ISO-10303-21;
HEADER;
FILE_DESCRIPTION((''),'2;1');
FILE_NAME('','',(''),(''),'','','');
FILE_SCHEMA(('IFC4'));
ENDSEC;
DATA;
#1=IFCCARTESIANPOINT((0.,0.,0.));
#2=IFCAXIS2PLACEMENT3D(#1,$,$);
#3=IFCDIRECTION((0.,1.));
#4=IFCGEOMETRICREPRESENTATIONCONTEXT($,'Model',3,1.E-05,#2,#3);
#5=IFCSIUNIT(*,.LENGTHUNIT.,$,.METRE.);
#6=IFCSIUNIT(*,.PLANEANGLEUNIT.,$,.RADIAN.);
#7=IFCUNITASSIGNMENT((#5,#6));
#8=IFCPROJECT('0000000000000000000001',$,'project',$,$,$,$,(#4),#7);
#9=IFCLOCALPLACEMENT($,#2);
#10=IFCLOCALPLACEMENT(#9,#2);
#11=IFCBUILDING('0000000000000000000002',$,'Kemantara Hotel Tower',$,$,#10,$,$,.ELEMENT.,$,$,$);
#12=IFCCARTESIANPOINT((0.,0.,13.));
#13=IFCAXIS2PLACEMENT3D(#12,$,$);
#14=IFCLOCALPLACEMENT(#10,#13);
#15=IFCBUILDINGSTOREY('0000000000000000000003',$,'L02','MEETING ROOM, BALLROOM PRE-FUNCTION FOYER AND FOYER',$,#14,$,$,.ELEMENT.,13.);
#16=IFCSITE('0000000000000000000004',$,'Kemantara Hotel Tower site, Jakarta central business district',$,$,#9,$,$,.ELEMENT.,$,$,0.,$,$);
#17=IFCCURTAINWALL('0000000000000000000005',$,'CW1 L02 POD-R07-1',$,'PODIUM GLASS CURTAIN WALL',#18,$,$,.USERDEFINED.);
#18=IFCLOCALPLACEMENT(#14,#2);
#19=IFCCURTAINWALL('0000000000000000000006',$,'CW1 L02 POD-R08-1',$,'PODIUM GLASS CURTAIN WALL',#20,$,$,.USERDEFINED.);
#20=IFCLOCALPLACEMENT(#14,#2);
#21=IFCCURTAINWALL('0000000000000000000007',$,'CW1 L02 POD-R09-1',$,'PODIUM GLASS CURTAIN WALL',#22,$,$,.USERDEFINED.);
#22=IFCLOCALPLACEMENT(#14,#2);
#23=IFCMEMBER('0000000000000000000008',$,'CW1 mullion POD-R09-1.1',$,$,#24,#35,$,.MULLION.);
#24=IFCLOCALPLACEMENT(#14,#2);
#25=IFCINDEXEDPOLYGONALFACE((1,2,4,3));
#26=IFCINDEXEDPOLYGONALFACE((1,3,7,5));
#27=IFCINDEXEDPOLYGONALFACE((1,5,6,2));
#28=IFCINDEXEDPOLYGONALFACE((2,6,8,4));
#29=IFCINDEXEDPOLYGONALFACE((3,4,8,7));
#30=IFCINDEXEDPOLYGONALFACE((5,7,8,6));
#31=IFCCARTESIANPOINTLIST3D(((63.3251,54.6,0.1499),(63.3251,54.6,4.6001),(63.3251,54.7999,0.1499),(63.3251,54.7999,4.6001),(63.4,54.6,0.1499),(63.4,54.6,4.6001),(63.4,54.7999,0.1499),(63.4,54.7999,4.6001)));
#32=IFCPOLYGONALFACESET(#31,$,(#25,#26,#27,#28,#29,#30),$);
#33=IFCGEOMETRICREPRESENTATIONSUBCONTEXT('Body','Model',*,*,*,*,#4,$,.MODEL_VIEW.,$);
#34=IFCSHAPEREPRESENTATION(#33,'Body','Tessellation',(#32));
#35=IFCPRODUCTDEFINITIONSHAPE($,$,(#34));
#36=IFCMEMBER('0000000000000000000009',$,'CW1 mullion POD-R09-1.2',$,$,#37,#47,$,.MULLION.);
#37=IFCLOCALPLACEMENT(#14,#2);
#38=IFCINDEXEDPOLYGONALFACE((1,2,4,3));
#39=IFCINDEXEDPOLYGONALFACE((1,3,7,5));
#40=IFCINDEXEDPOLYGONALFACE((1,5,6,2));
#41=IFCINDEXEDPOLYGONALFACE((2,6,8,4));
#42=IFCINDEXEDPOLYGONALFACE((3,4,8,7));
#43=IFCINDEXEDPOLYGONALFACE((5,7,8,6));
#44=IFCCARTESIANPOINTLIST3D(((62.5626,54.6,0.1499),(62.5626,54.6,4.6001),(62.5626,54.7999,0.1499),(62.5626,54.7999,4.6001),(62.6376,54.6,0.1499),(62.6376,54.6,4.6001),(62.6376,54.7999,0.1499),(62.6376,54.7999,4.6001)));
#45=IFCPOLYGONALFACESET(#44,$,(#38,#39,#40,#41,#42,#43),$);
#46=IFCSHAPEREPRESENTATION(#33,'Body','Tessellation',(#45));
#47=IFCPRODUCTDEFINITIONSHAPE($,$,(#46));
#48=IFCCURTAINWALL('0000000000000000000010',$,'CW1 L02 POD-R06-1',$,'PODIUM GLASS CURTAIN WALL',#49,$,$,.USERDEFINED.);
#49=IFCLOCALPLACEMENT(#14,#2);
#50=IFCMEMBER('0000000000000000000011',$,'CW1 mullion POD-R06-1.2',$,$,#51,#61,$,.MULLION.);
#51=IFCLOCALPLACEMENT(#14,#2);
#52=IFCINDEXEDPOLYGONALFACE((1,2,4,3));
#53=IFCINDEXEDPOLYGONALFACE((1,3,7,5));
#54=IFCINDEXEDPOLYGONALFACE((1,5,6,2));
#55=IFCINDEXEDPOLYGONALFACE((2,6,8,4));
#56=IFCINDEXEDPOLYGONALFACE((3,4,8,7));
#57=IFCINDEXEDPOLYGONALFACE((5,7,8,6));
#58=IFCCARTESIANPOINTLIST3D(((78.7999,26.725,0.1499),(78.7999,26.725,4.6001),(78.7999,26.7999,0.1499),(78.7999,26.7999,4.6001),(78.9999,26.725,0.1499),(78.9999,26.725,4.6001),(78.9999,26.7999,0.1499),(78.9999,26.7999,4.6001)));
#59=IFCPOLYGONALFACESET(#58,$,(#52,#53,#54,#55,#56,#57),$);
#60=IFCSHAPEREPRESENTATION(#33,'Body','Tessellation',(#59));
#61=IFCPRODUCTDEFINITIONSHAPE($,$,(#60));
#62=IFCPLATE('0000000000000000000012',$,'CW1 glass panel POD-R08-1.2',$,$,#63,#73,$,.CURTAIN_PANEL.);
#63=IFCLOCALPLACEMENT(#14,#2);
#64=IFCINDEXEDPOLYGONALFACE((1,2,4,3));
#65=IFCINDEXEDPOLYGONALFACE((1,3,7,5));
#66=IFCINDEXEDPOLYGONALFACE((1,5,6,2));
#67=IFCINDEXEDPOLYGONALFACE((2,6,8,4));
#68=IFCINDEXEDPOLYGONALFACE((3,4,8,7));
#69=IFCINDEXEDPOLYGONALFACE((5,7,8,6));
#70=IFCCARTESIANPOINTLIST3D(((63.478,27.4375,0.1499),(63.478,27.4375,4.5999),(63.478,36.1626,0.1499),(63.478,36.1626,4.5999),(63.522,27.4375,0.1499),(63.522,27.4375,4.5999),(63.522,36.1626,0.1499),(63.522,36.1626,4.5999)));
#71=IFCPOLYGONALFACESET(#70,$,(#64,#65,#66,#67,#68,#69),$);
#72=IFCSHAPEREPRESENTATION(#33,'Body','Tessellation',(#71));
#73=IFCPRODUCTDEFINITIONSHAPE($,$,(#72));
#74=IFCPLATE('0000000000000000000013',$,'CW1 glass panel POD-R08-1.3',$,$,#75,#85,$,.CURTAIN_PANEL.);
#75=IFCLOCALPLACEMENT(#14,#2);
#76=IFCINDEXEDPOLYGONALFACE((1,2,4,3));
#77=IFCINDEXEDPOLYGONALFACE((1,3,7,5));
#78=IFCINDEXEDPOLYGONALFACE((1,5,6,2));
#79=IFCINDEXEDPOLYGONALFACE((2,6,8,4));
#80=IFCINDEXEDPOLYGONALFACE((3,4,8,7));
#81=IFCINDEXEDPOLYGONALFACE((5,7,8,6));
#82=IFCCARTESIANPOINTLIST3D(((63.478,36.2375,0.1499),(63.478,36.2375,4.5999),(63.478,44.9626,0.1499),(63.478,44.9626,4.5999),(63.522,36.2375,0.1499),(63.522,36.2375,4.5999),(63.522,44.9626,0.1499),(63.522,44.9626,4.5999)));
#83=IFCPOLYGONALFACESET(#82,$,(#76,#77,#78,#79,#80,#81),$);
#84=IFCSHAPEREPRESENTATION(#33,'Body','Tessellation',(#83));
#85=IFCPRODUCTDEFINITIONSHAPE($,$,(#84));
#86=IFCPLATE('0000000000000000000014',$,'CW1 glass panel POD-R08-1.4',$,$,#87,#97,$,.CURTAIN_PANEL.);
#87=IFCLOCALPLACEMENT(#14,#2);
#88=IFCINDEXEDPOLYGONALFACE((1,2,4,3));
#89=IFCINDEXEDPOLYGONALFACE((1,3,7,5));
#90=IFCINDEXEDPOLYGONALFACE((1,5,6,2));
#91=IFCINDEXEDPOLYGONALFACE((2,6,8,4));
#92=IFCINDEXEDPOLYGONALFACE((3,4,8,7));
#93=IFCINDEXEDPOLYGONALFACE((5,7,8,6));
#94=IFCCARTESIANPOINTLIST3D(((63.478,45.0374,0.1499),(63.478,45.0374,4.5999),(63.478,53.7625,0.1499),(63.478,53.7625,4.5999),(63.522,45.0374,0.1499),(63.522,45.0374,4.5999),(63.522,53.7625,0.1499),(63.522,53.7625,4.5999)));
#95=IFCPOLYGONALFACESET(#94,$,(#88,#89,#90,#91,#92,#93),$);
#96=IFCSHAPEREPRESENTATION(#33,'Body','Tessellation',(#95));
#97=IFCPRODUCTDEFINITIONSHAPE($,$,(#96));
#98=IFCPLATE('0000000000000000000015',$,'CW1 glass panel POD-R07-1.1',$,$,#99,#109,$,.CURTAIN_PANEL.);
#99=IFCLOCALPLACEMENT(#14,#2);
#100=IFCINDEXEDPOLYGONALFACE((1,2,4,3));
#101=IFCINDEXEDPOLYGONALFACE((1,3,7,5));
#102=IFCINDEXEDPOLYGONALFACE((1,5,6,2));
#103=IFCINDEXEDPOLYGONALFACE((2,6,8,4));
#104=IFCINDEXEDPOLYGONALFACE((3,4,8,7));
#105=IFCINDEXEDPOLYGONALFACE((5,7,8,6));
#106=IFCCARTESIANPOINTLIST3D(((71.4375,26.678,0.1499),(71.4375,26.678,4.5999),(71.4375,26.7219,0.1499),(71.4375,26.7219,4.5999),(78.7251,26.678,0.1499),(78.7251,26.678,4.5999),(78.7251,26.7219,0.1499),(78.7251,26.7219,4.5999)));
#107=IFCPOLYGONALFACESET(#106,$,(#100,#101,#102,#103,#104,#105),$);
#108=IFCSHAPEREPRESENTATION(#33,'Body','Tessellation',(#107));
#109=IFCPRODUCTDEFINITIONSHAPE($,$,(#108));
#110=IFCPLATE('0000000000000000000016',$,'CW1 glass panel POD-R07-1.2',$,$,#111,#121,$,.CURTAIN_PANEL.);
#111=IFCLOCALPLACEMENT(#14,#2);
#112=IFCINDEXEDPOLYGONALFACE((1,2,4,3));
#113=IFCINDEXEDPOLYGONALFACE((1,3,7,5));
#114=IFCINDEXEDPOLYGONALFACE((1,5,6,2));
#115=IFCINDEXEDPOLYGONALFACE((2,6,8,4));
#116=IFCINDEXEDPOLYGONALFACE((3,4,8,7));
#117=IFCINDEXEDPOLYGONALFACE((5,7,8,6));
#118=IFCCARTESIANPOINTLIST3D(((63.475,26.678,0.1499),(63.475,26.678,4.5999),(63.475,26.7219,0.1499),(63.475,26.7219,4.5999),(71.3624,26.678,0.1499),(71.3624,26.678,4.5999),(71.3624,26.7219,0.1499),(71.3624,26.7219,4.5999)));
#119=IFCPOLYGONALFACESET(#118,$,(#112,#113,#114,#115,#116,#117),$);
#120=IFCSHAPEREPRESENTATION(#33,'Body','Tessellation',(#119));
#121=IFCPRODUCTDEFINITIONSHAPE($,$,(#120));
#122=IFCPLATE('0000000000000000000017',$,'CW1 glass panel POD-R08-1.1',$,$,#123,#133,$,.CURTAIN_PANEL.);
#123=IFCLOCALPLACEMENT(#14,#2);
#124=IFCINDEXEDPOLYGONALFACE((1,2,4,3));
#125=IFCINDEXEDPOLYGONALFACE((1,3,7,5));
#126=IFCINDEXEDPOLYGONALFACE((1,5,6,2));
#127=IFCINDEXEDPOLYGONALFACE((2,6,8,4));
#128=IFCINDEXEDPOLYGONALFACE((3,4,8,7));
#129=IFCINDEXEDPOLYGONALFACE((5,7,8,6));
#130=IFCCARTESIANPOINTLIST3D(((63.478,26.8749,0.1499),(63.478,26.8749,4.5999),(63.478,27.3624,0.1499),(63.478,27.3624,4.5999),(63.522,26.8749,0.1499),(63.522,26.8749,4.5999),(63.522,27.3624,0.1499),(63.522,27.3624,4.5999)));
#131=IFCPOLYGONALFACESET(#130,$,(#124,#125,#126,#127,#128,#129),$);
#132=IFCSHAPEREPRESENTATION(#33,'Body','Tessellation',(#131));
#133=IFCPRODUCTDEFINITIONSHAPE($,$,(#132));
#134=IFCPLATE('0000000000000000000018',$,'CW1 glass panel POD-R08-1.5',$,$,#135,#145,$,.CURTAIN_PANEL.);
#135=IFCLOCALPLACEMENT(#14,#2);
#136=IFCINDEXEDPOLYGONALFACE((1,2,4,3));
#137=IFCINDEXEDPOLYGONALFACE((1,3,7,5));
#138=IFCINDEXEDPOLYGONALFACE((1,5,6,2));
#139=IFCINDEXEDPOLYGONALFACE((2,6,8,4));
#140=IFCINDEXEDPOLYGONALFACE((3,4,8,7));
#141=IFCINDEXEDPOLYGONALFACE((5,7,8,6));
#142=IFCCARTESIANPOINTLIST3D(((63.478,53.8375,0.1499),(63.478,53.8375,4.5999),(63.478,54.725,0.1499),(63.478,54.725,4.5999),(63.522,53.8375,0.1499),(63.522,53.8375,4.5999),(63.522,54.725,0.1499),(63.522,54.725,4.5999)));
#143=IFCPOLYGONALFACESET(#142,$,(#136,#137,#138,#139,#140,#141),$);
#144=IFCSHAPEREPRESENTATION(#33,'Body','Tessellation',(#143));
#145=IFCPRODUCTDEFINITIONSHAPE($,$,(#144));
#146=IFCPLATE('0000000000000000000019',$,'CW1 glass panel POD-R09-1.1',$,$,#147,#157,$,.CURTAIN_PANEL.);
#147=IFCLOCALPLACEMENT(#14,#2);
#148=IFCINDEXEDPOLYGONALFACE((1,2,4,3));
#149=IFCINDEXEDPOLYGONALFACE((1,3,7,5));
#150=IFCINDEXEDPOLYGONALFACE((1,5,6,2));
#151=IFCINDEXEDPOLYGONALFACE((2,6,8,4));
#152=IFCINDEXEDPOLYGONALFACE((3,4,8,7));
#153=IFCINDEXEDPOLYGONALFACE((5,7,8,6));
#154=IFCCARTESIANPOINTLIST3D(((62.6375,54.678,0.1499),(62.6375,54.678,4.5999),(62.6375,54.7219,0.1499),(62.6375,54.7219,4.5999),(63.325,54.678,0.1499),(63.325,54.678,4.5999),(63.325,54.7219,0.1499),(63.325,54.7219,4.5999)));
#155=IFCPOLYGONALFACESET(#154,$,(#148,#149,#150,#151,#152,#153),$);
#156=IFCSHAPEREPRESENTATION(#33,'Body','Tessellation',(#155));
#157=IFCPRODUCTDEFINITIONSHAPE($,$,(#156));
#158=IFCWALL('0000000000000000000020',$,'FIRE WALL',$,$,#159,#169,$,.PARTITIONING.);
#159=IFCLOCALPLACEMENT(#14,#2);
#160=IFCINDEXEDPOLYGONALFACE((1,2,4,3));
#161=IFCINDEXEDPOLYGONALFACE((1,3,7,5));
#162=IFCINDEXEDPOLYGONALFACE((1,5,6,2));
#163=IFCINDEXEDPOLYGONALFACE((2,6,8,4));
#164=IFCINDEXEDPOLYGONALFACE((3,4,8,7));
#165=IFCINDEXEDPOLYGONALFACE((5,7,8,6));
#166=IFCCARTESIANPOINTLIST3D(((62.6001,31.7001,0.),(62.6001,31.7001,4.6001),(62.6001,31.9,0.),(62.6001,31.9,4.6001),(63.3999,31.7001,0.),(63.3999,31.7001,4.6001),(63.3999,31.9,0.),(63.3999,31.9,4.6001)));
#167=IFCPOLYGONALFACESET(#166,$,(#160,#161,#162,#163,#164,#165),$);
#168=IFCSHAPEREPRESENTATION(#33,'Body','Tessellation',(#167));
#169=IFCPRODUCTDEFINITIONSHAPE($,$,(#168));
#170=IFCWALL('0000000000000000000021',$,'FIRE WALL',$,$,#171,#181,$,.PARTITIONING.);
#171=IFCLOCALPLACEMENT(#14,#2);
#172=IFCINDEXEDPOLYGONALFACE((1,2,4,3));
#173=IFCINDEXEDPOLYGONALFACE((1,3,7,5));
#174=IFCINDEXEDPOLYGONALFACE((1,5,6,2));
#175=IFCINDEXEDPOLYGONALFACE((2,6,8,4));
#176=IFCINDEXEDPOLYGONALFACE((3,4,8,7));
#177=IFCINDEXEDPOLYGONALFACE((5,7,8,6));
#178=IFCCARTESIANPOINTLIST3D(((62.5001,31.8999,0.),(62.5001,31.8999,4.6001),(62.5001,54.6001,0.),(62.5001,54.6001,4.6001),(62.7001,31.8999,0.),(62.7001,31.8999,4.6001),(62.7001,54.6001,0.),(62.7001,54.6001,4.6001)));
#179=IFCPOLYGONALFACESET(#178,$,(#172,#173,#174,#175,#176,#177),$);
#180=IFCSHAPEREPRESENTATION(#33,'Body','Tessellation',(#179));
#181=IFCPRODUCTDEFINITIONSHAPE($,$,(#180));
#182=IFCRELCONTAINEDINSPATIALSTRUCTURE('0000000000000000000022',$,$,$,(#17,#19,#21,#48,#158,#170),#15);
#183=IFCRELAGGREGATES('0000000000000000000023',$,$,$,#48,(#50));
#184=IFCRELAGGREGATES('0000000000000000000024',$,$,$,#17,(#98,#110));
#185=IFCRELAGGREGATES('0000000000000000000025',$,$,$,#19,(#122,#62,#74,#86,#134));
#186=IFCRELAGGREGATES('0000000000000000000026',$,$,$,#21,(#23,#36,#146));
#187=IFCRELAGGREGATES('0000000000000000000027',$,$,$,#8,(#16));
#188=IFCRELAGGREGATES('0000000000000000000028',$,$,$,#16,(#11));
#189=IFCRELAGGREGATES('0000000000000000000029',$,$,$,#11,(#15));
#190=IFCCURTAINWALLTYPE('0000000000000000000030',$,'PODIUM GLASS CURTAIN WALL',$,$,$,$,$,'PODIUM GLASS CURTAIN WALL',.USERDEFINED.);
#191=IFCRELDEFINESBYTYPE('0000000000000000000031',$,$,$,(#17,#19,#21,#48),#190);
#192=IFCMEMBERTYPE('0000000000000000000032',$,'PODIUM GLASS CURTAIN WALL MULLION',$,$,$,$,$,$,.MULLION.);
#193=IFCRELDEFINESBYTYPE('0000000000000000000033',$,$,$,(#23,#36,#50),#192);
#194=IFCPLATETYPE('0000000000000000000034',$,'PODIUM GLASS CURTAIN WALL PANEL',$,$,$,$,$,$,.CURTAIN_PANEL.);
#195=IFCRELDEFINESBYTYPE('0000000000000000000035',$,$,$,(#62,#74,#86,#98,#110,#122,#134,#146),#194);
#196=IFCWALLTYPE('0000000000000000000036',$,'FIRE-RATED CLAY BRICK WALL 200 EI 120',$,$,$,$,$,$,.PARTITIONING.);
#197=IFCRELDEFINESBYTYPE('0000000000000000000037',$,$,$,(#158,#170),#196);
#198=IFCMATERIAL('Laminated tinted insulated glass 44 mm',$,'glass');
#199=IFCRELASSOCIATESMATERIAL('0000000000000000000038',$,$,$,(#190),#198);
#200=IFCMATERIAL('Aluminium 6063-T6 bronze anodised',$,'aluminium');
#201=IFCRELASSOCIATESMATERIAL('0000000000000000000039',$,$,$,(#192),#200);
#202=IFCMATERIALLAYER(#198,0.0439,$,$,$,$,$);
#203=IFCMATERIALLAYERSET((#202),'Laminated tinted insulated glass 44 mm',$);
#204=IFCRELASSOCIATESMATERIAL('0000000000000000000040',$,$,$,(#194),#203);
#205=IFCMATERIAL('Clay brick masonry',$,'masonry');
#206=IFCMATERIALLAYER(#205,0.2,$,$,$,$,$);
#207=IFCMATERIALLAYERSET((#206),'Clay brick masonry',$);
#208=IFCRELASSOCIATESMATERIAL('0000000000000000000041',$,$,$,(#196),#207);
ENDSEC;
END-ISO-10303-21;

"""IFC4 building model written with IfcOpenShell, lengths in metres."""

from ifc_helpers import new_model, si_unit, direction, frame, frame_2d, origin, origin_2d, place, context, subcontext, project, spatial, rectangle, extrude, source, transform, mapped, material, layer, layer_set, material_profile, profile_set, type_object, element, aggregate, save


model = new_model("IFC4")

# Units and contexts
model_context = context("Model", 3, precision=1e-05, world=origin(), true_north=direction((0.0, 1.0)))
body_context = subcontext(model_context, "Body", "Model", "MODEL_VIEW")
ifc_project = project(units=[si_unit("LENGTHUNIT", "METRE"), si_unit("PLANEANGLEUNIT", "RADIAN")], contexts=[model_context])

# Site, building, storey
site_placement = place(None, origin())
site = spatial("IfcSite", under=ifc_project, at=site_placement, Name="Kemantara Hotel Tower site, Jakarta central business district", CompositionType="ELEMENT", RefElevation=0.0)
building_placement = place(site_placement, origin())
building = spatial("IfcBuilding", under=site, at=building_placement, Name="Kemantara Hotel Tower", CompositionType="ELEMENT")
storey_placement = place(building_placement, frame((0.0, 0.0, 13.0)))
storey = spatial("IfcBuildingStorey", under=building, at=storey_placement, Name="L02", Description="MEETING ROOM, BALLROOM PRE-FUNCTION FOYER AND FOYER", CompositionType="ELEMENT", Elevation=13.0)

# Curtain walls
ifc_material_1 = material(Name="Laminated tinted insulated glass 44 mm", Category="glass")
curtain_wall_type = type_object("IfcCurtainWallType", Name="PODIUM GLASS CURTAIN WALL", ElementType="PODIUM GLASS CURTAIN WALL", PredefinedType="USERDEFINED", material=ifc_material_1)
curtain_wall_1_placement = place(storey_placement, origin())
curtain_wall_1 = element("IfcCurtainWall", 1, at=curtain_wall_1_placement, inside=storey, type_object=curtain_wall_type, Name="CW1 L02 POD-R07-1", ObjectType="PODIUM GLASS CURTAIN WALL", PredefinedType="USERDEFINED")
ifc_material_2 = material(Name="Aluminium 6063-T6 bronze anodised", Category="aluminium")
curtain_wall_2_placement = place(storey_placement, origin())
curtain_wall_2 = element("IfcCurtainWall", 2, at=curtain_wall_2_placement, inside=storey, type_object=curtain_wall_type, Name="CW1 L02 POD-R08-1", ObjectType="PODIUM GLASS CURTAIN WALL", PredefinedType="USERDEFINED")
curtain_wall_3_placement = place(storey_placement, origin())
curtain_wall_3 = element("IfcCurtainWall", 3, at=curtain_wall_3_placement, inside=storey, type_object=curtain_wall_type, Name="CW1 L02 POD-R09-1", ObjectType="PODIUM GLASS CURTAIN WALL", PredefinedType="USERDEFINED")

# Members
ifc_material_profile_1 = material_profile(ifc_material_2, rectangle(XDim=0.2, YDim=0.075, at=origin_2d()), Name="PODIUM GLASS CURTAIN WALL MULLION")
ifc_profile_set_1 = profile_set([ifc_material_profile_1], Name="Aluminium 6063-T6 bronze anodised")
member_type_1 = type_object("IfcMemberType", Name="PODIUM GLASS CURTAIN WALL MULLION", PredefinedType="MULLION", material=ifc_profile_set_1)
shared_shape_1 = source(origin(), body_context, "Body", "SweptSolid", [
    extrude(rectangle(XDim=0.2, YDim=0.075, at=origin_2d()), origin(), (0.0, 0.0, 1.0), 4.4502),
])
member_1_placement = place(storey_placement, frame((63.3625, 54.7, 0.1499), z_axis=(0.0, 0.0, 1.0), x_axis=(0.0, -1.0, 0.0)))
member_1 = element("IfcMember", 4, at=member_1_placement, type_object=member_type_1, Name="CW1 mullion POD-R09-1.1", PredefinedType="MULLION", context=body_context, shape_type="MappedRepresentation", body=[
    mapped(shared_shape_1, transform((0.0, 0.0, 0.0))),
])
member_2_placement = place(storey_placement, frame((62.6001, 54.7, 0.1499), z_axis=(0.0, 0.0, 1.0), x_axis=(0.0, -1.0, 0.0)))
member_2 = element("IfcMember", 5, at=member_2_placement, type_object=member_type_1, Name="CW1 mullion POD-R09-1.2", PredefinedType="MULLION", context=body_context, shape_type="MappedRepresentation", body=[
    mapped(shared_shape_1, transform((0.0, 0.0, 0.0))),
])

# Curtain wall, member
curtain_wall_4_placement = place(storey_placement, origin())
curtain_wall_4 = element("IfcCurtainWall", 6, at=curtain_wall_4_placement, inside=storey, type_object=curtain_wall_type, Name="CW1 L02 POD-R06-1", ObjectType="PODIUM GLASS CURTAIN WALL", PredefinedType="USERDEFINED")
member_3_placement = place(storey_placement, frame((78.8999, 26.7625, 0.1499), z_axis=(0.0, 0.0, 1.0), x_axis=(-1.0, 0.0, 0.0)))
member_3 = element("IfcMember", 7, at=member_3_placement, type_object=member_type_1, Name="CW1 mullion POD-R06-1.2", PredefinedType="MULLION", context=body_context, shape_type="MappedRepresentation", body=[
    mapped(shared_shape_1, transform((0.0, 0.0, 0.0))),
])
aggregate(curtain_wall_4, [member_3])

# Plates
ifc_layer_1 = layer(ifc_material_1, 0.0439)
ifc_layer_set_1 = layer_set([ifc_layer_1], Name="Laminated tinted insulated glass 44 mm")
plate_type = type_object("IfcPlateType", Name="PODIUM GLASS CURTAIN WALL PANEL", PredefinedType="CURTAIN_PANEL", material=ifc_layer_set_1)
shared_shape_2 = source(origin(), body_context, "Body", "SweptSolid", [
    extrude(rectangle(XDim=8.7251, YDim=0.0439, at=origin_2d()), origin(), (0.0, 0.0, 1.0), 4.45),
])
plate_1_placement = place(storey_placement, frame((63.5, 31.8, 0.1499), z_axis=(0.0, 0.0, 1.0), x_axis=(0.0, 1.0, 0.0)))
plate_1 = element("IfcPlate", 8, at=plate_1_placement, type_object=plate_type, Name="CW1 glass panel POD-R08-1.2", PredefinedType="CURTAIN_PANEL", context=body_context, shape_type="MappedRepresentation", body=[
    mapped(shared_shape_2, transform((0.0, 0.0, 0.0))),
])
plate_2_placement = place(storey_placement, frame((63.5, 40.6001, 0.1499), z_axis=(0.0, 0.0, 1.0), x_axis=(0.0, 1.0, 0.0)))
plate_2 = element("IfcPlate", 9, at=plate_2_placement, type_object=plate_type, Name="CW1 glass panel POD-R08-1.3", PredefinedType="CURTAIN_PANEL", context=body_context, shape_type="MappedRepresentation", body=[
    mapped(shared_shape_2, transform((0.0, 0.0, 0.0))),
])
plate_3_placement = place(storey_placement, frame((63.5, 49.3999, 0.1499), z_axis=(0.0, 0.0, 1.0), x_axis=(0.0, 1.0, 0.0)))
plate_3 = element("IfcPlate", 10, at=plate_3_placement, type_object=plate_type, Name="CW1 glass panel POD-R08-1.4", PredefinedType="CURTAIN_PANEL", context=body_context, shape_type="MappedRepresentation", body=[
    mapped(shared_shape_2, transform((0.0, 0.0, 0.0))),
])
shared_shape_3 = source(origin(), body_context, "Body", "SweptSolid", [
    extrude(rectangle(XDim=7.2876, YDim=0.0439, at=origin_2d()), origin(), (0.0, 0.0, 1.0), 4.45),
])
plate_4_placement = place(storey_placement, frame((75.0813, 26.7, 0.1499), z_axis=(0.0, 0.0, 1.0), x_axis=(-1.0, 0.0, 0.0)))
plate_4 = element("IfcPlate", 11, at=plate_4_placement, type_object=plate_type, Name="CW1 glass panel POD-R07-1.1", PredefinedType="CURTAIN_PANEL", context=body_context, shape_type="MappedRepresentation", body=[
    mapped(shared_shape_3, transform((0.0, 0.0, 0.0))),
])
shared_shape_4 = source(origin(), body_context, "Body", "SweptSolid", [
    extrude(rectangle(XDim=7.8875, YDim=0.0439, at=origin_2d()), origin(), (0.0, 0.0, 1.0), 4.45),
])
plate_5_placement = place(storey_placement, frame((67.4187, 26.7, 0.1499), z_axis=(0.0, 0.0, 1.0), x_axis=(-1.0, 0.0, 0.0)))
plate_5 = element("IfcPlate", 12, at=plate_5_placement, type_object=plate_type, Name="CW1 glass panel POD-R07-1.2", PredefinedType="CURTAIN_PANEL", context=body_context, shape_type="MappedRepresentation", body=[
    mapped(shared_shape_4, transform((0.0, 0.0, 0.0))),
])
aggregate(curtain_wall_1, [plate_4, plate_5])
shared_shape_5 = source(origin(), body_context, "Body", "SweptSolid", [
    extrude(rectangle(XDim=0.4875, YDim=0.0439, at=origin_2d()), origin(), (0.0, 0.0, 1.0), 4.45),
])
plate_6_placement = place(storey_placement, frame((63.5, 27.1187, 0.1499), z_axis=(0.0, 0.0, 1.0), x_axis=(0.0, 1.0, 0.0)))
plate_6 = element("IfcPlate", 13, at=plate_6_placement, type_object=plate_type, Name="CW1 glass panel POD-R08-1.1", PredefinedType="CURTAIN_PANEL", context=body_context, shape_type="MappedRepresentation", body=[
    mapped(shared_shape_5, transform((0.0, 0.0, 0.0))),
])
shared_shape_6 = source(origin(), body_context, "Body", "SweptSolid", [
    extrude(rectangle(XDim=0.8875, YDim=0.0439, at=origin_2d()), origin(), (0.0, 0.0, 1.0), 4.45),
])
plate_7_placement = place(storey_placement, frame((63.5, 54.2812, 0.1499), z_axis=(0.0, 0.0, 1.0), x_axis=(0.0, 1.0, 0.0)))
plate_7 = element("IfcPlate", 14, at=plate_7_placement, type_object=plate_type, Name="CW1 glass panel POD-R08-1.5", PredefinedType="CURTAIN_PANEL", context=body_context, shape_type="MappedRepresentation", body=[
    mapped(shared_shape_6, transform((0.0, 0.0, 0.0))),
])
aggregate(curtain_wall_2, [plate_6, plate_1, plate_2, plate_3, plate_7])
shared_shape_7 = source(origin(), body_context, "Body", "SweptSolid", [
    extrude(rectangle(XDim=0.6875, YDim=0.0439, at=origin_2d()), origin(), (0.0, 0.0, 1.0), 4.45),
])
plate_8_placement = place(storey_placement, frame((62.9812, 54.7, 0.1499), z_axis=(0.0, 0.0, 1.0), x_axis=(-1.0, 0.0, 0.0)))
plate_8 = element("IfcPlate", 15, at=plate_8_placement, type_object=plate_type, Name="CW1 glass panel POD-R09-1.1", PredefinedType="CURTAIN_PANEL", context=body_context, shape_type="MappedRepresentation", body=[
    mapped(shared_shape_7, transform((0.0, 0.0, 0.0))),
])
aggregate(curtain_wall_3, [member_1, member_2, plate_8])

# Walls
ifc_material_3 = material(Name="Clay brick masonry", Category="masonry")
ifc_layer_2 = layer(ifc_material_3, 0.2)
ifc_layer_set_2 = layer_set([ifc_layer_2], Name="Clay brick masonry")
wall_type = type_object("IfcWallType", Name="FIRE-RATED CLAY BRICK WALL 200 EI 120", PredefinedType="PARTITIONING", material=ifc_layer_set_2)
wall_1_placement = place(storey_placement, frame((62.6001, 31.8, 0.0), z_axis=(0.0, 0.0, 1.0), x_axis=(1.0, 0.0, 0.0)))
element("IfcWall", 16, at=wall_1_placement, inside=storey, type_object=wall_type, Name="FIRE WALL", PredefinedType="PARTITIONING", context=body_context, shape_type="SweptSolid", body=[
    extrude(rectangle(XDim=0.7998, YDim=0.2, at=frame_2d((0.3999, 0.0))), origin(), (0.0, 0.0, 1.0), 4.6001),
])
wall_2_placement = place(storey_placement, frame((62.6001, 31.8999, 0.0), z_axis=(0.0, 0.0, 1.0), x_axis=(0.0, 1.0, 0.0)))
element("IfcWall", 17, at=wall_2_placement, inside=storey, type_object=wall_type, Name="FIRE WALL", PredefinedType="PARTITIONING", context=body_context, shape_type="SweptSolid", body=[
    extrude(rectangle(XDim=22.7002, YDim=0.2, at=frame_2d((11.3501, 0.0))), origin(), (0.0, 0.0, 1.0), 4.6001),
])

save(model, "model.ifc")
